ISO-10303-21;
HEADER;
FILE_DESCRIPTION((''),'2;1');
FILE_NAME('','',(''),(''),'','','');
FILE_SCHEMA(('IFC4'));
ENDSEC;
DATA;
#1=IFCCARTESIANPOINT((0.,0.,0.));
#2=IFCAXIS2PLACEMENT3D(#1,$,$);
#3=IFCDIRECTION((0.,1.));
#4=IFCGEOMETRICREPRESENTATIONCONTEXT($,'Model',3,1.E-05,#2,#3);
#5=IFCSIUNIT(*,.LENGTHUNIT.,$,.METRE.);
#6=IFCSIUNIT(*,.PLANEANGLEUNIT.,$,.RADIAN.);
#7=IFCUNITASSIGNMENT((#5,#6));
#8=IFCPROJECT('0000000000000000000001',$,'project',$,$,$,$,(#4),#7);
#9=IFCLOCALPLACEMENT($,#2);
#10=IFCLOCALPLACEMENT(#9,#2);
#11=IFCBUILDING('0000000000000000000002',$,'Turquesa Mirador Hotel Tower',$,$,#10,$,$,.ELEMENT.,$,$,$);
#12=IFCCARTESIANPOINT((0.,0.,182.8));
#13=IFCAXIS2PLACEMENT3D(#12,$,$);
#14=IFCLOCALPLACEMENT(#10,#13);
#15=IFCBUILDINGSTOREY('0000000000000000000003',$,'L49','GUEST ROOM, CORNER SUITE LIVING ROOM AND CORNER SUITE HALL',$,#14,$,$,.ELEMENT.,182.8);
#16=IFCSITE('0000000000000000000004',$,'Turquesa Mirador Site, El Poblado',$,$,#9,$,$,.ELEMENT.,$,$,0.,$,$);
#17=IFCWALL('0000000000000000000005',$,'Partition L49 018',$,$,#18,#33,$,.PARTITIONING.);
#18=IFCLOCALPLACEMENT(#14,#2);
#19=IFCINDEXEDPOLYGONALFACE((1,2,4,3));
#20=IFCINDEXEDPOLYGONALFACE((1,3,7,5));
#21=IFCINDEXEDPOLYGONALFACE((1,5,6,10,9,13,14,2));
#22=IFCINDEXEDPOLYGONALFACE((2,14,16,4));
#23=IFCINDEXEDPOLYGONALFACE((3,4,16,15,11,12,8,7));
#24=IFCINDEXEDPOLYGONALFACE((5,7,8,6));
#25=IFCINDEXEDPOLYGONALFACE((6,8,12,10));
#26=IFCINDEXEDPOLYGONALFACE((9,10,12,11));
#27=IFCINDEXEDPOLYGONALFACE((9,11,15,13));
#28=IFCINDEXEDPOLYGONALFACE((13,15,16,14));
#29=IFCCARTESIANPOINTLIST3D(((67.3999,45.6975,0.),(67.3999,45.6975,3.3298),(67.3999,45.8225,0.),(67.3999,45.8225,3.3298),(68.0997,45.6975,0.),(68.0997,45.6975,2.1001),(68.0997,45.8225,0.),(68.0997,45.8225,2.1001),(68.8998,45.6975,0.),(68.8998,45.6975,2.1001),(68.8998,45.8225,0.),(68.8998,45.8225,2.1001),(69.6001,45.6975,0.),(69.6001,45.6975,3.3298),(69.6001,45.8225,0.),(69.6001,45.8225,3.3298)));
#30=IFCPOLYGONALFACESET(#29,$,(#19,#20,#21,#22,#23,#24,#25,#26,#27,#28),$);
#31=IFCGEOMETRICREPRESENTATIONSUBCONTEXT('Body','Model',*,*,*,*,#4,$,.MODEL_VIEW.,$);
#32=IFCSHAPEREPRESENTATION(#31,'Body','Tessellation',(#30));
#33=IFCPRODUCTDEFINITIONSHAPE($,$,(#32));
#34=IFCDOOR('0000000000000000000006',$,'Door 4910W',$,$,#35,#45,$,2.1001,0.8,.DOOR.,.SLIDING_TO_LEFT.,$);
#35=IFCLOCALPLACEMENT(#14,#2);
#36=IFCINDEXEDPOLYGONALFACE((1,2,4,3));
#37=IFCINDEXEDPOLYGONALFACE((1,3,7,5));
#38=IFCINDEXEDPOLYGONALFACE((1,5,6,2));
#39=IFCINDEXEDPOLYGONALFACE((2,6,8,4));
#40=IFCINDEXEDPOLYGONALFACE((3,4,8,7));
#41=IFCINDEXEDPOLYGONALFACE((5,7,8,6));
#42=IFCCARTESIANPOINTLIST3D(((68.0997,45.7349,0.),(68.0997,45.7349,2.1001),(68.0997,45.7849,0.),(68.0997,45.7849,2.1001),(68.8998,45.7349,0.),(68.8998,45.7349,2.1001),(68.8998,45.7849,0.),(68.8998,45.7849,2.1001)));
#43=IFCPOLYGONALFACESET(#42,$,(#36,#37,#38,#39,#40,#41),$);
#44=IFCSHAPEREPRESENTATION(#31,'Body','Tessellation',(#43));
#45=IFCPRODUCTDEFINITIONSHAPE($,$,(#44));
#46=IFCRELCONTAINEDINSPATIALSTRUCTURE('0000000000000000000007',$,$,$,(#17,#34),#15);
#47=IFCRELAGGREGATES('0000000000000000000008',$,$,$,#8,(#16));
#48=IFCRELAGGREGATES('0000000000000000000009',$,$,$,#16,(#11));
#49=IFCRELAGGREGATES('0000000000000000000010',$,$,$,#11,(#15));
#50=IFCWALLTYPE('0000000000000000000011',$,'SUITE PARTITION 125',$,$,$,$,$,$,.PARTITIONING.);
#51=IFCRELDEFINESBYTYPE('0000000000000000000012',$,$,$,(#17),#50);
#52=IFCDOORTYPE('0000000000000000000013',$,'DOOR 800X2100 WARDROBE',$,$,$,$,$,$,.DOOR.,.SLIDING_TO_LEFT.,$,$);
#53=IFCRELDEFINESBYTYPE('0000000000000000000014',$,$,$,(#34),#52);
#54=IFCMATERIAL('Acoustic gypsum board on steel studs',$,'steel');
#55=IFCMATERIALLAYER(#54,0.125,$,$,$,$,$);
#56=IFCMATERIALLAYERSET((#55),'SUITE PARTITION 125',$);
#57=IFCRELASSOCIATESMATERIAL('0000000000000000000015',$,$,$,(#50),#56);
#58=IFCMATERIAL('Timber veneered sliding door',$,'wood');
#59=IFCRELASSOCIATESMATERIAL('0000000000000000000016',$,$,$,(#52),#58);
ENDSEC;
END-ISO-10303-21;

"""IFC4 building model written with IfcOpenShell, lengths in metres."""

from ifc_helpers import new_model, si_unit, direction, frame, frame_2d, origin, place, context, subcontext, project, spatial, rectangle, extrude, material, layer, layer_set, type_object, element, fill, save


model = new_model("IFC4")

# Units and contexts
model_context = context("Model", 3, precision=1e-05, world=origin(), true_north=direction((0.0, 1.0)))
body_context = subcontext(model_context, "Body", "Model", "MODEL_VIEW")
ifc_project = project(units=[si_unit("LENGTHUNIT", "METRE"), si_unit("PLANEANGLEUNIT", "RADIAN")], contexts=[model_context])

# Site, building, storey
site_placement = place(None, origin())
site = spatial("IfcSite", under=ifc_project, at=site_placement, Name="Turquesa Mirador Site, El Poblado", CompositionType="ELEMENT", RefElevation=0.0)
building_placement = place(site_placement, origin())
building = spatial("IfcBuilding", under=site, at=building_placement, Name="Turquesa Mirador Hotel Tower", CompositionType="ELEMENT")
storey_placement = place(building_placement, frame((0.0, 0.0, 182.8)))
storey = spatial("IfcBuildingStorey", under=building, at=storey_placement, Name="L49", Description="GUEST ROOM, CORNER SUITE LIVING ROOM AND CORNER SUITE HALL", CompositionType="ELEMENT", Elevation=182.8)

# Wall, opening, door
ifc_material_1 = material(Name="Acoustic gypsum board on steel studs", Category="steel")
ifc_layer_1 = layer(ifc_material_1, 0.125)
ifc_layer_set_1 = layer_set([ifc_layer_1], Name="SUITE PARTITION 125")
wall_type_1 = type_object("IfcWallType", Name="SUITE PARTITION 125", PredefinedType="PARTITIONING", material=ifc_layer_set_1)
wall_1_placement = place(storey_placement, frame((67.3999, 45.76, 0.0), z_axis=(0.0, 0.0, 1.0), x_axis=(1.0, 0.0, 0.0)))
wall_1 = element("IfcWall", 1, at=wall_1_placement, inside=storey, type_object=wall_type_1, Name="Partition L49 018", PredefinedType="PARTITIONING", context=body_context, shape_type="SweptSolid", body=[
    extrude(rectangle(XDim=2.2002, YDim=0.125, at=frame_2d((1.1001, 0.0))), origin(), (0.0, 0.0, 1.0), 3.3298),
])
opening_1_placement = place(wall_1_placement, frame((0.7, 0.0, 0.0)))
opening_1 = element("IfcOpeningElement", 2, at=opening_1_placement, cuts=wall_1, PredefinedType="OPENING", context=body_context, shape_type="SweptSolid", body=[
    extrude(rectangle(XDim=0.8, YDim=2.1001, at=frame_2d((0.3999, 1.05))), frame((0.0, 0.0725, 0.0), z_axis=(0.0, -1.0, 0.0), x_axis=(1.0, 0.0, 0.0)), (0.0, 0.0, 1.0), 0.145),
])
ifc_material_2 = material(Name="Timber veneered sliding door", Category="wood")
door_type_1 = type_object("IfcDoorType", Name="DOOR 800X2100 WARDROBE", OperationType="SLIDING_TO_LEFT", PredefinedType="DOOR", material=ifc_material_2)
door_1_placement = place(opening_1_placement, origin())
door_1 = element("IfcDoor", 3, at=door_1_placement, inside=storey, type_object=door_type_1, Name="Door 4910W", OperationType="SLIDING_TO_LEFT", OverallHeight=2.1001, OverallWidth=0.8, PredefinedType="DOOR", context=body_context, shape_type="SweptSolid", body=[
    extrude(rectangle(XDim=0.8, YDim=2.1001, at=frame_2d((0.3999, 1.05))), frame((0.0, 0.0249, 0.0), z_axis=(0.0, -1.0, 0.0), x_axis=(1.0, 0.0, 0.0)), (0.0, 0.0, 1.0), 0.05),
])
fill(opening_1, door_1)

save(model, "model.ifc")
